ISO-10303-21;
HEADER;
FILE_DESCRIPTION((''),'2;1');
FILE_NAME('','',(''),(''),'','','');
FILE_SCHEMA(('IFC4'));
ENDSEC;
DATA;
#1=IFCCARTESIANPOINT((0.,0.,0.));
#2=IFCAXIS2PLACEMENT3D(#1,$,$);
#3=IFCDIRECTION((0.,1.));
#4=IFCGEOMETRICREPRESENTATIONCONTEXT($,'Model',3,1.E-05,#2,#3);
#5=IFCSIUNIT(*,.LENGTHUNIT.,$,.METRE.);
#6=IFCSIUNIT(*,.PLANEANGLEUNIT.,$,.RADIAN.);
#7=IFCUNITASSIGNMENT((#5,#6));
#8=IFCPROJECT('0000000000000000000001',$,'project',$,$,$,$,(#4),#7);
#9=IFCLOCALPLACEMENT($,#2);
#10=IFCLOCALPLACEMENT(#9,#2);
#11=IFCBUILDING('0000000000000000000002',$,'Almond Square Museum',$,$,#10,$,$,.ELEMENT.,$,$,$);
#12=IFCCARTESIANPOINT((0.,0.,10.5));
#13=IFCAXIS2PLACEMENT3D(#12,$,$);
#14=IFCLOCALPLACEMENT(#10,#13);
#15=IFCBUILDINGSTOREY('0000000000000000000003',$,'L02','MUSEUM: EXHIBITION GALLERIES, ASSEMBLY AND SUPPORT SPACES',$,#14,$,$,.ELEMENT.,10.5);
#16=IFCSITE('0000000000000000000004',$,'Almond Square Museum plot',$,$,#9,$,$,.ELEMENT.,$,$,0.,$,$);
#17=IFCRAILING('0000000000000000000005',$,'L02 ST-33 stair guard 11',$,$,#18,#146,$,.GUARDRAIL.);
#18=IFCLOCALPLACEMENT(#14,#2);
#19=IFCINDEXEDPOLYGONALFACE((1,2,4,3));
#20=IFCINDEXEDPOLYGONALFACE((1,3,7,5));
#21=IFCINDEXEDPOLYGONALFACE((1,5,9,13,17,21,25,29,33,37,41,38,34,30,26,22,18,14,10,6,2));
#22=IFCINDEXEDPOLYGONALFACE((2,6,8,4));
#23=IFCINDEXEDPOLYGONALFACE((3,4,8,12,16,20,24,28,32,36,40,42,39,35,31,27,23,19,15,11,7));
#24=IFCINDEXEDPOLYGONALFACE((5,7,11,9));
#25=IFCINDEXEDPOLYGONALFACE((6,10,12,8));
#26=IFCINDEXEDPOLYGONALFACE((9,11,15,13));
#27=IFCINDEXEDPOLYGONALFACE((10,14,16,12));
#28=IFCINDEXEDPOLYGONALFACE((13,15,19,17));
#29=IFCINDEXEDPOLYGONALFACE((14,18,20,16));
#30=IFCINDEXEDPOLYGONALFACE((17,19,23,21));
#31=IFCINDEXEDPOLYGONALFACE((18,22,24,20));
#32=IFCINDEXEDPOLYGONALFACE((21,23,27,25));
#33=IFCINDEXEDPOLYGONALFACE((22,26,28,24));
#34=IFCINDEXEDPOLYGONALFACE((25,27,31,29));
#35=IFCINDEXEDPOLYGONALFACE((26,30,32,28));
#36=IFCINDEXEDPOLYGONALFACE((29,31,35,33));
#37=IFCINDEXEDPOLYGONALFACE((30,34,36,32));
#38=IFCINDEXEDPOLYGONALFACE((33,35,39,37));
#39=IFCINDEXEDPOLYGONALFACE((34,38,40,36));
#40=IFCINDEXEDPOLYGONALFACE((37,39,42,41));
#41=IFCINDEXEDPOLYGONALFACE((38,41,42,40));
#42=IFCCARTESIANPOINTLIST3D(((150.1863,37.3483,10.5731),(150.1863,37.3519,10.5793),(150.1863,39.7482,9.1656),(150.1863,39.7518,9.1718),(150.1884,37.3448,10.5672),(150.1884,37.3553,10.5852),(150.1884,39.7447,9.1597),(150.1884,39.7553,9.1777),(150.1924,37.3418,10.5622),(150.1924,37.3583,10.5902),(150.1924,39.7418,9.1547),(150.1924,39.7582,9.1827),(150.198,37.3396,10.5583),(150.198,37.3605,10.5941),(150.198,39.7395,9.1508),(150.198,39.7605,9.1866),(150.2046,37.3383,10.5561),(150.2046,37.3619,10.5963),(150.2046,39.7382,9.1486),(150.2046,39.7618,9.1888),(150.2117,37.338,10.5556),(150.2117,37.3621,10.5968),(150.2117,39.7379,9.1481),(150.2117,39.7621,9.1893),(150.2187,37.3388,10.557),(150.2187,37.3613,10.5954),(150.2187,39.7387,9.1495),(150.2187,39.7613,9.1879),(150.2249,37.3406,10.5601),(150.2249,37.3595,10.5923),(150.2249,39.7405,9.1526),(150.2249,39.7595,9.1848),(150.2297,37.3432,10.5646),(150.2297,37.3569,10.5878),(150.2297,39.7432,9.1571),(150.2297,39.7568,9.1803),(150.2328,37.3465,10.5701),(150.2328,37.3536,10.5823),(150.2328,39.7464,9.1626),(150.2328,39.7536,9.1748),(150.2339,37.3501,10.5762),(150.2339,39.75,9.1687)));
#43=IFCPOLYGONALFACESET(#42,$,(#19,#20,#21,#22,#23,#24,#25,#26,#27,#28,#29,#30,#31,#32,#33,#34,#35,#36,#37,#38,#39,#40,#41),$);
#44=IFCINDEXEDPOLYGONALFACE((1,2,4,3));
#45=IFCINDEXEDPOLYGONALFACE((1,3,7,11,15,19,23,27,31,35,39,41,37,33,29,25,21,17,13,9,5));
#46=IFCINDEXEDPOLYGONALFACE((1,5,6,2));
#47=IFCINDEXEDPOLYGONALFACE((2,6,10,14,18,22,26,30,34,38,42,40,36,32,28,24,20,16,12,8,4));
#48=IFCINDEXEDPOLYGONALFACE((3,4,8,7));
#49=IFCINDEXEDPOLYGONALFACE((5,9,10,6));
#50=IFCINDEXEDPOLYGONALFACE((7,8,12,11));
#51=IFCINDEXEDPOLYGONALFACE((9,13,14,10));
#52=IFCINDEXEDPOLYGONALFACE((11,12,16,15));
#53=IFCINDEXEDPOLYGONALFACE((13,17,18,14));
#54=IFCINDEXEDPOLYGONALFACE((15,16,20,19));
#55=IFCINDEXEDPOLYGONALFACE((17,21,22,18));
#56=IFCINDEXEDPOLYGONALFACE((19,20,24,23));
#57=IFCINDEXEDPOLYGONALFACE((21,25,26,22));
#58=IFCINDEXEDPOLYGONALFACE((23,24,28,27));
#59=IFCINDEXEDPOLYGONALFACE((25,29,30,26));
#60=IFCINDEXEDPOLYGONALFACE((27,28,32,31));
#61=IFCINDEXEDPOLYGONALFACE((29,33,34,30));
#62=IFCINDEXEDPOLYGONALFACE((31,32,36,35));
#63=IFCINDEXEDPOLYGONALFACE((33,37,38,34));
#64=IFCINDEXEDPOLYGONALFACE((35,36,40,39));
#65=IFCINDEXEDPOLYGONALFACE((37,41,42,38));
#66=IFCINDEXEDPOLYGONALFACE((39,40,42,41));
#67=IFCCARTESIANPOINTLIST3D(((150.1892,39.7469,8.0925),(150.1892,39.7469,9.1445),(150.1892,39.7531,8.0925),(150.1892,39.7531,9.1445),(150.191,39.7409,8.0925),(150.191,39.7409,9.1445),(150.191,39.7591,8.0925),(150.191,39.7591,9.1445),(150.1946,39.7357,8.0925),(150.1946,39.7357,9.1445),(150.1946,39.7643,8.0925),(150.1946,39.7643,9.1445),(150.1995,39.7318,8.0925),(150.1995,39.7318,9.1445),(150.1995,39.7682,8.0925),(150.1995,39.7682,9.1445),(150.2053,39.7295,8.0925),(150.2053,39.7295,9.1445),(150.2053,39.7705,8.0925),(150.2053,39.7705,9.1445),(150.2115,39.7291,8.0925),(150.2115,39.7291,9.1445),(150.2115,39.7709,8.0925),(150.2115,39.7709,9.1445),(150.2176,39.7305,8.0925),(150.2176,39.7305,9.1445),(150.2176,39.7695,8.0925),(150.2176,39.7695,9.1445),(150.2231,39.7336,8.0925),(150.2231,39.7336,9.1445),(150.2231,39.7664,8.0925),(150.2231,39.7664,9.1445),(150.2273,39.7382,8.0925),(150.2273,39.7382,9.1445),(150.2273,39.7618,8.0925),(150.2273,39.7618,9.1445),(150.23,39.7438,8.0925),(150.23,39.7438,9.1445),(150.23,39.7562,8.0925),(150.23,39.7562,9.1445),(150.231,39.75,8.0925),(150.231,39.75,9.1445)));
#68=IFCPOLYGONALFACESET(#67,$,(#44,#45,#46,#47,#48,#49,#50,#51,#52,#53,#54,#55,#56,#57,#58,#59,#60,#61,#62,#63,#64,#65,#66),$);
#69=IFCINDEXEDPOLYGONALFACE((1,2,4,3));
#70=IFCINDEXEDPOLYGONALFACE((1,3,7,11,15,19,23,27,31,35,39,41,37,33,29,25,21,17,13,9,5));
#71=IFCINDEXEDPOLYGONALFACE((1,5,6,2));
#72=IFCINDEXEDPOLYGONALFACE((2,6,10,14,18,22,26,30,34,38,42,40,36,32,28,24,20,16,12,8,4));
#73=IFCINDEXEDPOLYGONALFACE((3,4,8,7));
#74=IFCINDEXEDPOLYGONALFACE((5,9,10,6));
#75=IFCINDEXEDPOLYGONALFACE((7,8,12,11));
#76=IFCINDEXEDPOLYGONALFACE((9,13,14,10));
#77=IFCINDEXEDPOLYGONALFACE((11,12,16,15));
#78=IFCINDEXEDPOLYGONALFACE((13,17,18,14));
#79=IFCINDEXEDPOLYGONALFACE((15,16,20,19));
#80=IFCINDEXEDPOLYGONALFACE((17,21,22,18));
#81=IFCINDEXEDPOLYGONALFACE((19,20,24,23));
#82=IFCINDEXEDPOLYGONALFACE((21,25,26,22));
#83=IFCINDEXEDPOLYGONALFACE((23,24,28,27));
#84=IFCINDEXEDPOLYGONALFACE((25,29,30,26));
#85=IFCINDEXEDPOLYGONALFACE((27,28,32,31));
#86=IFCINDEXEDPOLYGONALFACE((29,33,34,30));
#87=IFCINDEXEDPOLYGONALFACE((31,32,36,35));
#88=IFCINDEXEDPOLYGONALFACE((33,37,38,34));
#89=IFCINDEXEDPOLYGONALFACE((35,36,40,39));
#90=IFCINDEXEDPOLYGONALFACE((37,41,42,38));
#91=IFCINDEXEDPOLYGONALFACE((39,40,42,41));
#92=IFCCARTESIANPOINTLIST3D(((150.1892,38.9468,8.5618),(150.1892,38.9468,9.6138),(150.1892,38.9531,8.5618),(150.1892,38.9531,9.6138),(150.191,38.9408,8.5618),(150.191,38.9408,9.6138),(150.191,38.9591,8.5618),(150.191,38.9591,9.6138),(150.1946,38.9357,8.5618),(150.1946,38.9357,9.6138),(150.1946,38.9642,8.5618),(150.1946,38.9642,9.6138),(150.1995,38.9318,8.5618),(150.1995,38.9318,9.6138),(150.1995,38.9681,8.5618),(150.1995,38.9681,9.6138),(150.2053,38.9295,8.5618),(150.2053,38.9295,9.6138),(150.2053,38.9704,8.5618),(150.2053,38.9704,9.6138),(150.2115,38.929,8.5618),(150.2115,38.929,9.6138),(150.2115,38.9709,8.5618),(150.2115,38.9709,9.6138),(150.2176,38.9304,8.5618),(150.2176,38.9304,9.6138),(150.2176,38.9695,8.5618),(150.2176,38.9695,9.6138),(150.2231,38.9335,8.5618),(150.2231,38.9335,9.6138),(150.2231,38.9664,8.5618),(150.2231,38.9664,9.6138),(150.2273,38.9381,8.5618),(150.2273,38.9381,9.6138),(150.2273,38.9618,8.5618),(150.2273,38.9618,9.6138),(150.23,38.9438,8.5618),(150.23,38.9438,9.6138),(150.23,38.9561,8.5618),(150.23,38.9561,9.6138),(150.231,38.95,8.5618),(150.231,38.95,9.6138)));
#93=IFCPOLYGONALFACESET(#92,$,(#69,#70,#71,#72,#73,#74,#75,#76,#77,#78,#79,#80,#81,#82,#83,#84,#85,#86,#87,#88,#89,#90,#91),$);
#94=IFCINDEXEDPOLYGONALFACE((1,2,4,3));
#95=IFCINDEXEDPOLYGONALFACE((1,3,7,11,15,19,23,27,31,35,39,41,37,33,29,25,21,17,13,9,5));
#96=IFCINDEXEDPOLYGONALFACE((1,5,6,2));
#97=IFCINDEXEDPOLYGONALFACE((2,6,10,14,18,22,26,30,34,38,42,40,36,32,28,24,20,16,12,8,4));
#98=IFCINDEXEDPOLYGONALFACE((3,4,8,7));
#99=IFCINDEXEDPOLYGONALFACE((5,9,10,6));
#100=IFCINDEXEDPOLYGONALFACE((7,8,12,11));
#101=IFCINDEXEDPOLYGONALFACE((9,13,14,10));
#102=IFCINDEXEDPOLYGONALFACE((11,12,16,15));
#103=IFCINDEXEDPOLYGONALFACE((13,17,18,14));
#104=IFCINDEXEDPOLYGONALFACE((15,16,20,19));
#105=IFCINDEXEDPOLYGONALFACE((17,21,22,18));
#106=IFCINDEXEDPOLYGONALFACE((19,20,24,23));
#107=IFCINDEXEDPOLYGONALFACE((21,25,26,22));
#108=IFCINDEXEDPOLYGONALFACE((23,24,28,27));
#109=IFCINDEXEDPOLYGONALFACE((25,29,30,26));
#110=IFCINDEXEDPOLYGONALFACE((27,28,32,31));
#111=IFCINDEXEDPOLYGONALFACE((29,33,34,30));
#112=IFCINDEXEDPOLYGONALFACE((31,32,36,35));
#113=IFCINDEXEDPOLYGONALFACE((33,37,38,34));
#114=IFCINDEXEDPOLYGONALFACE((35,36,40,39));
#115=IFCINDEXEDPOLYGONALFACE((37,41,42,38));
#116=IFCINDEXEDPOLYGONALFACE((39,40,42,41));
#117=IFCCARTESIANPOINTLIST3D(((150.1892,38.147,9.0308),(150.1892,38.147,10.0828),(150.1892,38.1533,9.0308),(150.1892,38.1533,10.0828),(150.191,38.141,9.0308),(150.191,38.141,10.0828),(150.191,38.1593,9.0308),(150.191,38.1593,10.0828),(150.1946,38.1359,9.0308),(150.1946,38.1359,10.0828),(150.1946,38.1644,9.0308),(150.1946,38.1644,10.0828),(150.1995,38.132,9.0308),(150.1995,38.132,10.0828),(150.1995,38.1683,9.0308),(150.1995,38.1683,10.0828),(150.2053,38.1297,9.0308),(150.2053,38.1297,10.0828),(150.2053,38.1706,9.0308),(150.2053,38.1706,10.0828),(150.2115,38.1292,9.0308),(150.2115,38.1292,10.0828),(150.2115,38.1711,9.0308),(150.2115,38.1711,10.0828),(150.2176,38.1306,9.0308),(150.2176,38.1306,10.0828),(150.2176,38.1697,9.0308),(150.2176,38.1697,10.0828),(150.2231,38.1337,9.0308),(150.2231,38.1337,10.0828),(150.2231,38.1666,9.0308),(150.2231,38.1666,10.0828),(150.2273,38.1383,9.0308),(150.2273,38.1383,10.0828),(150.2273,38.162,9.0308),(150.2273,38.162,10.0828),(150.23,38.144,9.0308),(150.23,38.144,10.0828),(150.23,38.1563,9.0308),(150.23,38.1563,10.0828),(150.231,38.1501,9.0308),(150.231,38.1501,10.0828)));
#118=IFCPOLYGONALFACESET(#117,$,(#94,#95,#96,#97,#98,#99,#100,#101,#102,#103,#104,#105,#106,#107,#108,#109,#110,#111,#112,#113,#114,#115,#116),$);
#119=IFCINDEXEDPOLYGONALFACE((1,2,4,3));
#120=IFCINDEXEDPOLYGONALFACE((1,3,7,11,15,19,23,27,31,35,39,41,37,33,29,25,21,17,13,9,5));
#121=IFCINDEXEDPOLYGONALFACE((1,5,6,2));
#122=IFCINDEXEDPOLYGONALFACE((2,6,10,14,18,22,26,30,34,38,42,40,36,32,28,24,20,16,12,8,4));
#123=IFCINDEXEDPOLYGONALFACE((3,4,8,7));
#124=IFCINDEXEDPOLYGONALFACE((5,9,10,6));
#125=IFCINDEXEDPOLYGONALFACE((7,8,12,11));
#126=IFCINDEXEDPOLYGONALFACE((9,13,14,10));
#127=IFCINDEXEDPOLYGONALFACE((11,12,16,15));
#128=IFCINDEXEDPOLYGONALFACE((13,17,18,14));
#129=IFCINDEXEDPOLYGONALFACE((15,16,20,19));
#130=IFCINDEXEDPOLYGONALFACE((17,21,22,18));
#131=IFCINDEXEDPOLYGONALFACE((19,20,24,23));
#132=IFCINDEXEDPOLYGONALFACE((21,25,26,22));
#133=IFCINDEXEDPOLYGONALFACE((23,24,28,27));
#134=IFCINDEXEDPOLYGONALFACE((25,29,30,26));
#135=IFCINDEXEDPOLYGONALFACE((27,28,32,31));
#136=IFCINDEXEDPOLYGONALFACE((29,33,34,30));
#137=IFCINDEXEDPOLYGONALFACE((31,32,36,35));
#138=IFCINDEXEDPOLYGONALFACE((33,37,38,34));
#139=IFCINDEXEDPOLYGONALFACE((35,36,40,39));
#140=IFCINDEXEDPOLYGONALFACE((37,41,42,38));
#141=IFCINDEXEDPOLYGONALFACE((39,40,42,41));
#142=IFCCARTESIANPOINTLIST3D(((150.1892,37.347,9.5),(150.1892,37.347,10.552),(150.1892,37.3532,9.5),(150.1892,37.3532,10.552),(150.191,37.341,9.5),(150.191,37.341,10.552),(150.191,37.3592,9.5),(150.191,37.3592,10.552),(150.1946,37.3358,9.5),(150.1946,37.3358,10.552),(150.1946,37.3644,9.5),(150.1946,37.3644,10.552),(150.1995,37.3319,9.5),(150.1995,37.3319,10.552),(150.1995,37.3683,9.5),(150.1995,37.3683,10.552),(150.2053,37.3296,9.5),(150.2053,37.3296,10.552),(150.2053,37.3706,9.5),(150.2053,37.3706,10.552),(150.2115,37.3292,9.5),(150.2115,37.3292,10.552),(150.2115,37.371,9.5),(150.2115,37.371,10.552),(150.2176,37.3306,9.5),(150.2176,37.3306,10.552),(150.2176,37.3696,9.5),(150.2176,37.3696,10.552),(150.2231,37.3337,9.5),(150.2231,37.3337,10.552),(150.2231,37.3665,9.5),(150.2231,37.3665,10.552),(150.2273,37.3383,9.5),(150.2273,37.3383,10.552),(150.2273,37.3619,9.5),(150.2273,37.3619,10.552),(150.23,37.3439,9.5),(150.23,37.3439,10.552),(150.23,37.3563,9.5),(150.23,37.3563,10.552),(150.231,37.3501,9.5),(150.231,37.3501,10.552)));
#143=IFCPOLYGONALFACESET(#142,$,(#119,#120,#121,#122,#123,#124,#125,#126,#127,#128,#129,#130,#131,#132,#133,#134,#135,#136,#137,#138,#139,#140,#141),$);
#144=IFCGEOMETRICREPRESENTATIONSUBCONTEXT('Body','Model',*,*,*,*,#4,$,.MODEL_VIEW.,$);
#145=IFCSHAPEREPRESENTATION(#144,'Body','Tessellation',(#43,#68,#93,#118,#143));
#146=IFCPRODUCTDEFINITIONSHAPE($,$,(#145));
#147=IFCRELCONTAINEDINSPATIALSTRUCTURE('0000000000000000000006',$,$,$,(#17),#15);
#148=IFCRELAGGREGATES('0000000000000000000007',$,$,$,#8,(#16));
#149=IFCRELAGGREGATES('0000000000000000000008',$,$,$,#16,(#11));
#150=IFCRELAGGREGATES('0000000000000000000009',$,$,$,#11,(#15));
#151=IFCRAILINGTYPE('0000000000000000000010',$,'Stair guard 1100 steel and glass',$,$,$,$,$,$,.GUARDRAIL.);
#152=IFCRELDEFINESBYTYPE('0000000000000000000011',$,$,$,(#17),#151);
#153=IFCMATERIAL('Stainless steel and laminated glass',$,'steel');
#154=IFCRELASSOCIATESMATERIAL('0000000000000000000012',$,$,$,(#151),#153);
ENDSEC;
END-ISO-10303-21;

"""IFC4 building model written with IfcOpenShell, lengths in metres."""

from ifc_helpers import new_model, si_unit, direction, frame, origin, origin_2d, place, context, subcontext, project, spatial, circle, extrude, material, type_object, element, save


model = new_model("IFC4")

# Units and contexts
model_context = context("Model", 3, precision=1e-05, world=origin(), true_north=direction((0.0, 1.0)))
body_context = subcontext(model_context, "Body", "Model", "MODEL_VIEW")
ifc_project = project(units=[si_unit("LENGTHUNIT", "METRE"), si_unit("PLANEANGLEUNIT", "RADIAN")], contexts=[model_context])

# Site, building, storey
site_placement = place(None, origin())
site = spatial("IfcSite", under=ifc_project, at=site_placement, Name="Almond Square Museum plot", CompositionType="ELEMENT", RefElevation=0.0)
building_placement = place(site_placement, origin())
building = spatial("IfcBuilding", under=site, at=building_placement, Name="Almond Square Museum", CompositionType="ELEMENT")
storey_placement = place(building_placement, frame((0.0, 0.0, 10.5)))
storey = spatial("IfcBuildingStorey", under=building, at=storey_placement, Name="L02", Description="MUSEUM: EXHIBITION GALLERIES, ASSEMBLY AND SUPPORT SPACES", CompositionType="ELEMENT", Elevation=10.5)

# Railing
ifc_material_1 = material(Name="Stainless steel and laminated glass", Category="steel")
railing_type_1 = type_object("IfcRailingType", Name="Stair guard 1100 steel and glass", PredefinedType="GUARDRAIL", material=ifc_material_1)
railing_1_placement = place(storey_placement, frame((150.21, 39.75, 8.0925)))
element("IfcRailing", 1, at=railing_1_placement, inside=storey, type_object=railing_type_1, Name="L02 ST-33 stair guard 11", PredefinedType="GUARDRAIL", context=body_context, shape_type="SweptSolid", body=[
    extrude(circle(Radius=0.0239, at=origin_2d()), frame((0.0, 0.0, 1.0762), z_axis=(0.0, -0.862599, 0.505888), x_axis=(1.0, 0.0, 0.0)), (0.0, 0.0, 1.0), 2.7822),
    extrude(circle(Radius=0.021, at=origin_2d()), origin(), (0.0, 0.0, 1.0), 1.052),
    extrude(circle(Radius=0.021, at=origin_2d()), frame((0.0, -0.8, 0.4692)), (0.0, 0.0, 1.0), 1.052),
    extrude(circle(Radius=0.021, at=origin_2d()), frame((0.0, -1.5999, 0.9382)), (0.0, 0.0, 1.0), 1.052),
    extrude(circle(Radius=0.021, at=origin_2d()), frame((0.0, -2.3999, 1.4075)), (0.0, 0.0, 1.0), 1.052),
])

save(model, "model.ifc")
